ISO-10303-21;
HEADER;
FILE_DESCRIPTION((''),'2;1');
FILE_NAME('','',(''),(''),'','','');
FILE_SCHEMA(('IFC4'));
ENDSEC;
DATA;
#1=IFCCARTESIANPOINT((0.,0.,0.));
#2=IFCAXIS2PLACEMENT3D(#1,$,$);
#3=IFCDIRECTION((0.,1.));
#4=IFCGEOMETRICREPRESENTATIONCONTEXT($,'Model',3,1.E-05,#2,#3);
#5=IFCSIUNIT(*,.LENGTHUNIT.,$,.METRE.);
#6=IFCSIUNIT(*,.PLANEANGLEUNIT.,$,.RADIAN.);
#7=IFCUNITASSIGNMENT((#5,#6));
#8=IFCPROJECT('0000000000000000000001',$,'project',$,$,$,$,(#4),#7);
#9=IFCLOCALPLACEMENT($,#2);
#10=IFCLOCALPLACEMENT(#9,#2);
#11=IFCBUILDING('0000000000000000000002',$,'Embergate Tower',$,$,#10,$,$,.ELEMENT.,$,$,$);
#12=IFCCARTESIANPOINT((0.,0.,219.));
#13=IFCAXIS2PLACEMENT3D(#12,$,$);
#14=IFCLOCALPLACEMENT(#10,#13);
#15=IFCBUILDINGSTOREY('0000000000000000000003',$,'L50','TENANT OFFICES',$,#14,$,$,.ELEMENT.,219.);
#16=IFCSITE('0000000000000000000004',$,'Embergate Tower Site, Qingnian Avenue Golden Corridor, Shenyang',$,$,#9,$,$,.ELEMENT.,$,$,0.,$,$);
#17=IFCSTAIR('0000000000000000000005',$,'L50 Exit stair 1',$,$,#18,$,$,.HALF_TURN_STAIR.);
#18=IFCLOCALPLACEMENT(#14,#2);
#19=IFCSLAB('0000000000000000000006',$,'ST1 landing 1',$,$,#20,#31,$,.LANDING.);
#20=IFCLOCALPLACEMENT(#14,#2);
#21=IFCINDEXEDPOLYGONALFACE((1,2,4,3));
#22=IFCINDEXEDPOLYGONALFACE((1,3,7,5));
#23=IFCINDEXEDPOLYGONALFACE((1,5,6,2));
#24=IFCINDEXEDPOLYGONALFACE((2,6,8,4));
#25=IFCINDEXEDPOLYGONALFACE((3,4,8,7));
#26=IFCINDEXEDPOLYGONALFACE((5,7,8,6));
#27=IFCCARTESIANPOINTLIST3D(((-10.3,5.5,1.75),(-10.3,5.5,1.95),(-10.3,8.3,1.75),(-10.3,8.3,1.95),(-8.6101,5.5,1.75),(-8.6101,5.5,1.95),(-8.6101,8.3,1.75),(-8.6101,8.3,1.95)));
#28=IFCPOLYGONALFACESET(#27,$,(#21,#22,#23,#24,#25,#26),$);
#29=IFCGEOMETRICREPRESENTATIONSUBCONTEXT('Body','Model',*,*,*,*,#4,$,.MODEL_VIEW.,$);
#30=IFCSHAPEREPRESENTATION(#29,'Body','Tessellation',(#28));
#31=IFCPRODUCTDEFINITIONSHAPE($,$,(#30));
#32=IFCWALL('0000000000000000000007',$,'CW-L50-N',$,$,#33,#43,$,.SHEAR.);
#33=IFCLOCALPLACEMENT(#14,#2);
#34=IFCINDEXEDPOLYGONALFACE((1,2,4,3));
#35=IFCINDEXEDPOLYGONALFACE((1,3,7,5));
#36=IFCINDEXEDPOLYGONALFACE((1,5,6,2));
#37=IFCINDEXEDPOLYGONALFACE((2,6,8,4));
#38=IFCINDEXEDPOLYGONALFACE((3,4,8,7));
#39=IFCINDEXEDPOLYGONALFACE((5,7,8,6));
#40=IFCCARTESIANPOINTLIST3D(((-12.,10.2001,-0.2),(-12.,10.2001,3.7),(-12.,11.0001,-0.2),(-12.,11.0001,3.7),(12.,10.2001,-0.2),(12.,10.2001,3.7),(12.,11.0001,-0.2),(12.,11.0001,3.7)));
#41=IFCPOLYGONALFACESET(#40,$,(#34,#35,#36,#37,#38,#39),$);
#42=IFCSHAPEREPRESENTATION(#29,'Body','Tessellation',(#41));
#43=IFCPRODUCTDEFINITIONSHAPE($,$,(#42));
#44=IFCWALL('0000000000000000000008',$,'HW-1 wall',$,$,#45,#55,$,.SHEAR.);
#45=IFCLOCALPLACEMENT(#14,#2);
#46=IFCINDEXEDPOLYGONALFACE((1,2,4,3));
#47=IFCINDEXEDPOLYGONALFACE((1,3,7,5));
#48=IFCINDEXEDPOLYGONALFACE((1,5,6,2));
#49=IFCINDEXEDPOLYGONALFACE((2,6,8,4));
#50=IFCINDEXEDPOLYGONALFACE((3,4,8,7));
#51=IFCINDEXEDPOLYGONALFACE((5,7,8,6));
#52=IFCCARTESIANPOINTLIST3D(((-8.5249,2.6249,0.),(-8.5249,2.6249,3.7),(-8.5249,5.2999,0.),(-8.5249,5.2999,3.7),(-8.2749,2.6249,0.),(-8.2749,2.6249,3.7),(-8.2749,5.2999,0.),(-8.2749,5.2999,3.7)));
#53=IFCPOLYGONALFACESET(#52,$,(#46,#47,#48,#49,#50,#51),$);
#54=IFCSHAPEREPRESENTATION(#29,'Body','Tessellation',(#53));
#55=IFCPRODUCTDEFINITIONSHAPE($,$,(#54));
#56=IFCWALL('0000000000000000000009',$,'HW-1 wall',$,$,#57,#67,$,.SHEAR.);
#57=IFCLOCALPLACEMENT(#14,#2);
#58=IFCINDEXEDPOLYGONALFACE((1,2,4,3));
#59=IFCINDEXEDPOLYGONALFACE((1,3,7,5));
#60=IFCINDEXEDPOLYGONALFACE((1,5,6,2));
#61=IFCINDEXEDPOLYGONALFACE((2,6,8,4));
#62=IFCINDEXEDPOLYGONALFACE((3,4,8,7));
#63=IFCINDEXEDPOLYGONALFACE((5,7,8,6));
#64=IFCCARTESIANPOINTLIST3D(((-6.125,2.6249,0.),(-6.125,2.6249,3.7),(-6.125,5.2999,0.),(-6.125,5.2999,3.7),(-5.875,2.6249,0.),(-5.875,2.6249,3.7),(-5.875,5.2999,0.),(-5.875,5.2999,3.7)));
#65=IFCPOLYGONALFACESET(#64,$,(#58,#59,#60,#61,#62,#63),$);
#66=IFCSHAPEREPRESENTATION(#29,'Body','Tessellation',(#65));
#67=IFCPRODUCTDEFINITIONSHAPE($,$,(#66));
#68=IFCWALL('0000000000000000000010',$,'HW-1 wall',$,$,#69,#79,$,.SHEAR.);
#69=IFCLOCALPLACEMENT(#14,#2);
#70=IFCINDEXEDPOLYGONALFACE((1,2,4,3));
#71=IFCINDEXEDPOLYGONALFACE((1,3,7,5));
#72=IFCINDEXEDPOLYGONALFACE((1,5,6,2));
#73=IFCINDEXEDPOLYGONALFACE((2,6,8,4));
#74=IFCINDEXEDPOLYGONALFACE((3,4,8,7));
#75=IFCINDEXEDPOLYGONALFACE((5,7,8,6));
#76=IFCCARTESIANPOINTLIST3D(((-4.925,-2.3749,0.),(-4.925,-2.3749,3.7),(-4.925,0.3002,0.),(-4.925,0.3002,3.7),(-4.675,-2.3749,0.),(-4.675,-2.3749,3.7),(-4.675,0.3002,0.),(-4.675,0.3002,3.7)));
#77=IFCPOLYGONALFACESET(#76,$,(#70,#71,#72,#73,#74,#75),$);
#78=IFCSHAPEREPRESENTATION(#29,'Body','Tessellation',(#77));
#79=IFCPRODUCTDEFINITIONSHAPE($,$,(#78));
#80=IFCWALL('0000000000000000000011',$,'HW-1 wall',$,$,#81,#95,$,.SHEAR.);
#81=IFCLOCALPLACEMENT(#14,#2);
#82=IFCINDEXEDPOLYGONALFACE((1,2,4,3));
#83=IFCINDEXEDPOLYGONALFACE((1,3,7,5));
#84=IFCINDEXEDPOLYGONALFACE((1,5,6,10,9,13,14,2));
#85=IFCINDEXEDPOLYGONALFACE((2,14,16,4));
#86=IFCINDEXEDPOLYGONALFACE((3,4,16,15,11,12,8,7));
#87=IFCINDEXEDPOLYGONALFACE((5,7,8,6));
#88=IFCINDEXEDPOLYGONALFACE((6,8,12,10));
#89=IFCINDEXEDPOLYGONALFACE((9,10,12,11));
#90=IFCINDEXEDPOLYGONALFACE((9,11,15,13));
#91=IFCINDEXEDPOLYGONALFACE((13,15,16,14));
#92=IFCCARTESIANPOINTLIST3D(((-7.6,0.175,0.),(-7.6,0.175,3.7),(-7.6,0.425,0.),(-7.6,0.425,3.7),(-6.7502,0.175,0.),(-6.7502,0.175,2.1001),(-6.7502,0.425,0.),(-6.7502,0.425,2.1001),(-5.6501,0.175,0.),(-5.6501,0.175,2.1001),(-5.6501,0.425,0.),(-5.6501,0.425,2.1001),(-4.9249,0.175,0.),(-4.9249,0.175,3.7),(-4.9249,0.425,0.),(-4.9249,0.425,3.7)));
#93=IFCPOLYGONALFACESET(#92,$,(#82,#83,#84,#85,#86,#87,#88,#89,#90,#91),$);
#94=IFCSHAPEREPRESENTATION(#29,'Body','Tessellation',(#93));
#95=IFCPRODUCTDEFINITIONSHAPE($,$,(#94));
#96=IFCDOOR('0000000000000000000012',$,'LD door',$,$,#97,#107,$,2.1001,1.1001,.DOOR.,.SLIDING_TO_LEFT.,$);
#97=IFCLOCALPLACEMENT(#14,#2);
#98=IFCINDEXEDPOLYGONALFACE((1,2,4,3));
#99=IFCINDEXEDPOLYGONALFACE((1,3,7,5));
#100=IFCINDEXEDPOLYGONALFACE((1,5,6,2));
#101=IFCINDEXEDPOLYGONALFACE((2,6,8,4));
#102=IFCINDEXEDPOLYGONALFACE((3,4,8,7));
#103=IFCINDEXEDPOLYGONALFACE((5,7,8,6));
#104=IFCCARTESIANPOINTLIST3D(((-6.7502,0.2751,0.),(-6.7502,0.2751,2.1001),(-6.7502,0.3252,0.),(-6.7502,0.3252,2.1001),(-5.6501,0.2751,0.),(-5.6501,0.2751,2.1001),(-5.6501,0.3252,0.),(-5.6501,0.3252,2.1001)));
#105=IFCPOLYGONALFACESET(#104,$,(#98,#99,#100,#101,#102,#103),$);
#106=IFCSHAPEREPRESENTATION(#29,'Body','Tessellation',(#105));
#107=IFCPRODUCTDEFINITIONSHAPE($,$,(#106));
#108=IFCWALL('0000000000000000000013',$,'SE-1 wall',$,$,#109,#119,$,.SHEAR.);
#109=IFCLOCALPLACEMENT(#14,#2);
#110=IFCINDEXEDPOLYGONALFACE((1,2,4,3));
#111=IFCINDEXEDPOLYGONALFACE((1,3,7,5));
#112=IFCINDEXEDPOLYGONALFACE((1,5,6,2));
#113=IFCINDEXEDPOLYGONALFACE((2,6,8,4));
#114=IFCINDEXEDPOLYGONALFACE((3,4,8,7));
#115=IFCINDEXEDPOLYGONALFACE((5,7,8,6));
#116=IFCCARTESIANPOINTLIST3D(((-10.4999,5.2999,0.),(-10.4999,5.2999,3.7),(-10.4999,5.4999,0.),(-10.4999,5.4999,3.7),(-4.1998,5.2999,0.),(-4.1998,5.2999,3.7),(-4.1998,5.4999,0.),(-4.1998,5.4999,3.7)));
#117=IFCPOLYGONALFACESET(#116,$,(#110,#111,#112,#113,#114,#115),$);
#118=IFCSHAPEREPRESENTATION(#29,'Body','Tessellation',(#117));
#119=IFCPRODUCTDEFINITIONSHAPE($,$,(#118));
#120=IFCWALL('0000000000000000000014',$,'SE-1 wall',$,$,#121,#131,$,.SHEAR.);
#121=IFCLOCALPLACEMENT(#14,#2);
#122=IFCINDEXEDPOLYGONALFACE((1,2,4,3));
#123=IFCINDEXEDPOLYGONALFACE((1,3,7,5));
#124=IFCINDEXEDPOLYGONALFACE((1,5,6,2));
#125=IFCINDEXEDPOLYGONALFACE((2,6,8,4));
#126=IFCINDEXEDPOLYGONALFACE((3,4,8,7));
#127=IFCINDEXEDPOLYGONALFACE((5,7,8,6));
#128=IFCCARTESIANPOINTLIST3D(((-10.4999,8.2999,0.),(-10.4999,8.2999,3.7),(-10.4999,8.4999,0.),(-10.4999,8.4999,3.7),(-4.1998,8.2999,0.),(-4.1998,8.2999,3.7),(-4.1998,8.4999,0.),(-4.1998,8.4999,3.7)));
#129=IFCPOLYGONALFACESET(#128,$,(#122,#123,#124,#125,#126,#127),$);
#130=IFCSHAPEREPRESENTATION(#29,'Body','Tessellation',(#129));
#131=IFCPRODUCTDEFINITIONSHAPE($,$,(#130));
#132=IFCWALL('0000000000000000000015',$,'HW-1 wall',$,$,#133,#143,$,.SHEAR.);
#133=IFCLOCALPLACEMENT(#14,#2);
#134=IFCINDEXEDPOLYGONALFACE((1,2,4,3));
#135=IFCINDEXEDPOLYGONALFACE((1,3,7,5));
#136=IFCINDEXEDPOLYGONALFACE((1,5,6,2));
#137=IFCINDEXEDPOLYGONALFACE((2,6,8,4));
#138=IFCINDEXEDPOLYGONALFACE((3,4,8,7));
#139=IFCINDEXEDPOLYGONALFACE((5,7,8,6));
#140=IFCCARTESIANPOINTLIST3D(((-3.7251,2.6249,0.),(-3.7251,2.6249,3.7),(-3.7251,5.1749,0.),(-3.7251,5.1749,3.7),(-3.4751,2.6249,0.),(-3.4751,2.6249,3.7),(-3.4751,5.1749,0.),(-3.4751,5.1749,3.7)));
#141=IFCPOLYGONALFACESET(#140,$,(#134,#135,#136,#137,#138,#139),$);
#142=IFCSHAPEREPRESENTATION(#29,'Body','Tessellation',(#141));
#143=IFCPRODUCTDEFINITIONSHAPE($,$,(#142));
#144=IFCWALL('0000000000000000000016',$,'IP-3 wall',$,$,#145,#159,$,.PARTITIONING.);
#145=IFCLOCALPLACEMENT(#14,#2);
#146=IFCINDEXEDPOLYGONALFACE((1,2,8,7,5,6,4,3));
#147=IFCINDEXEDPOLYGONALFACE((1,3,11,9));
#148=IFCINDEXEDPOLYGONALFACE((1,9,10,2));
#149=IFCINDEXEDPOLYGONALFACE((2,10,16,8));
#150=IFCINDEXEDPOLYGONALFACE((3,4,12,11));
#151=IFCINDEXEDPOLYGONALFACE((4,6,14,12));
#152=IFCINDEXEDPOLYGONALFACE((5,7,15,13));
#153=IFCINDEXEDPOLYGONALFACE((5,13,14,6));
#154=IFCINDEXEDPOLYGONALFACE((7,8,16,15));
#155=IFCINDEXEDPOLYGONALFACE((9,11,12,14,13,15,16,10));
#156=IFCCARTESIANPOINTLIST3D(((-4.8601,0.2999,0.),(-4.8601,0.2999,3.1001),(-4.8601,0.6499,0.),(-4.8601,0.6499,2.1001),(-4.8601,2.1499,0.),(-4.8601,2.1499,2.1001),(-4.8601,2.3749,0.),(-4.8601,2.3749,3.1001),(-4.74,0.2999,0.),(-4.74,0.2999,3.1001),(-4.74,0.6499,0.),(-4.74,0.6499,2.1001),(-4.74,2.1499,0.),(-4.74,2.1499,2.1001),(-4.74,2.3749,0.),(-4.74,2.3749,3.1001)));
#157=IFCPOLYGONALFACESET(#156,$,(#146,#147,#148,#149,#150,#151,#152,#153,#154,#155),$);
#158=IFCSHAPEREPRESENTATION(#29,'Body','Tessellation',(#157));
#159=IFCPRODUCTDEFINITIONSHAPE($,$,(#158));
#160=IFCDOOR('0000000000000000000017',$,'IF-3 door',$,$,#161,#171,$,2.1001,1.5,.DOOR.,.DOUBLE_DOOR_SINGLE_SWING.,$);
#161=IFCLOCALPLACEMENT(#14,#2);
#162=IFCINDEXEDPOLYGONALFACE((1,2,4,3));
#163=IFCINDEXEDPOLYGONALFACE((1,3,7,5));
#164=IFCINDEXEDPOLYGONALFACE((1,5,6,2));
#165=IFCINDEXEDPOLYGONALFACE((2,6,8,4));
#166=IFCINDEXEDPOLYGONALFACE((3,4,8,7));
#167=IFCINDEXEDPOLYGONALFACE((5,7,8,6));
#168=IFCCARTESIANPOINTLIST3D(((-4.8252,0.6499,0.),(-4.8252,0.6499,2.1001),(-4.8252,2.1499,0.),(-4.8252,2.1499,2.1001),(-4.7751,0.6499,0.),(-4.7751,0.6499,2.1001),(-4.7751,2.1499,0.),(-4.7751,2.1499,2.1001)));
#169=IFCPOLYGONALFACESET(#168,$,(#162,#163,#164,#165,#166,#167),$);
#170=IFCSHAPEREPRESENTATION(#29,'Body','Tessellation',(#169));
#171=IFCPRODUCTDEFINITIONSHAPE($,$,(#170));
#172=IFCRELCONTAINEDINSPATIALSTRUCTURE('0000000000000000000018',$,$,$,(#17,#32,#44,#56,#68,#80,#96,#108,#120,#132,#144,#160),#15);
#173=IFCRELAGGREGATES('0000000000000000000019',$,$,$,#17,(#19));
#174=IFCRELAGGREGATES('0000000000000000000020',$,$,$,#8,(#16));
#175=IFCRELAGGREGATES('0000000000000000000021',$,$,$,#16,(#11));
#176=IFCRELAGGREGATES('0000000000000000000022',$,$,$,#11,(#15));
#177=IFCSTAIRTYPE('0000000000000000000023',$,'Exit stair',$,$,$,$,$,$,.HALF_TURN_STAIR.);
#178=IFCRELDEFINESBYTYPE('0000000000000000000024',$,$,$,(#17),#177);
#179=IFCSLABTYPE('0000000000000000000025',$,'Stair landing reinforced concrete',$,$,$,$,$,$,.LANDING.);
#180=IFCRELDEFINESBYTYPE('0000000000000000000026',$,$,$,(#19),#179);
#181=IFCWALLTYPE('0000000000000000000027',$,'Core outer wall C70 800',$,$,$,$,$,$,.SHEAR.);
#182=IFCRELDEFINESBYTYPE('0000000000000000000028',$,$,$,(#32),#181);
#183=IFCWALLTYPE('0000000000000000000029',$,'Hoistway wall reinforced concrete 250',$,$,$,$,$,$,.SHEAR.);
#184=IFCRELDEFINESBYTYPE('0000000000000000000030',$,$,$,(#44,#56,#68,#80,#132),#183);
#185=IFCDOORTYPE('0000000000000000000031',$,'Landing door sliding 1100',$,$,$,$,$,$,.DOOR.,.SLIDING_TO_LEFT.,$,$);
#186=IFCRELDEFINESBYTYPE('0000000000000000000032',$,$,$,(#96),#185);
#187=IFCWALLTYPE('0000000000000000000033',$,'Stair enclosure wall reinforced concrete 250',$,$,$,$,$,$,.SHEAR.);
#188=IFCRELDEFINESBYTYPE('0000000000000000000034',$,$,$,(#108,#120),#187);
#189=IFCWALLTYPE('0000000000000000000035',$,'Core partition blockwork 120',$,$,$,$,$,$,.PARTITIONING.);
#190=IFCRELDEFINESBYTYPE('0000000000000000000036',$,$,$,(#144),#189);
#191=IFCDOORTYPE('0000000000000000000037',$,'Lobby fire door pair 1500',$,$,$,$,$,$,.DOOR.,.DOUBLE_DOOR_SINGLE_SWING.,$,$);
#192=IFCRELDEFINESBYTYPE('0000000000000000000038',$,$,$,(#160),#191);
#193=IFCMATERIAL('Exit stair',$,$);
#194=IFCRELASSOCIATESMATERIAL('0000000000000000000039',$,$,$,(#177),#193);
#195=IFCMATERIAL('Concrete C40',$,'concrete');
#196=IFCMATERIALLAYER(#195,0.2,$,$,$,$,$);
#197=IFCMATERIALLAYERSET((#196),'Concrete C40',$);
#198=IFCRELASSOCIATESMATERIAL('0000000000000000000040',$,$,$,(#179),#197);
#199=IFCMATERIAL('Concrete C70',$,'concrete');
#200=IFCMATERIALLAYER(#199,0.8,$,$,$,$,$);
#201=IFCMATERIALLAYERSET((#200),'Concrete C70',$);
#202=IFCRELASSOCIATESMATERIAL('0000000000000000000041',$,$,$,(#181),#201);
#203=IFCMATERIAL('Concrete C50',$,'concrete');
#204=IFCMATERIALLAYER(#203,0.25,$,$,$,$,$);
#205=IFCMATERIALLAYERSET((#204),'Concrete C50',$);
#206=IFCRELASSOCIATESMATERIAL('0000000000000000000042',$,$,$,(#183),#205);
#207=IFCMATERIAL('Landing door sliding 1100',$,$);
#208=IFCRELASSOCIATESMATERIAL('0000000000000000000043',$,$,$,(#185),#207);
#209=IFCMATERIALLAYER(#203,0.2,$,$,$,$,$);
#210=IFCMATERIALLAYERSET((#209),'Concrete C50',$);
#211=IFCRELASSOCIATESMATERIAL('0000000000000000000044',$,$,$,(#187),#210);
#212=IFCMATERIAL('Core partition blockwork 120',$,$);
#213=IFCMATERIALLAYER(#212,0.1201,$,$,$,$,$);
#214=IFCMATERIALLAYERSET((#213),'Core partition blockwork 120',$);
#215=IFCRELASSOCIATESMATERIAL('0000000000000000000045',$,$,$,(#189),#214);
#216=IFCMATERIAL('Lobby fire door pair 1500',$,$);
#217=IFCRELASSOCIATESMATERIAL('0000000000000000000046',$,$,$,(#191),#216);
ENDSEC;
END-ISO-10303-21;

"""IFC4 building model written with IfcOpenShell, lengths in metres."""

from ifc_helpers import new_model, si_unit, direction, frame, frame_2d, origin, place, context, subcontext, project, spatial, polyline, rectangle, outline, extrude, source, transform, mapped, material, layer, layer_set, type_object, element, fill, aggregate, save


model = new_model("IFC4")

# Units and contexts
model_context = context("Model", 3, precision=1e-05, world=origin(), true_north=direction((0.0, 1.0)))
body_context = subcontext(model_context, "Body", "Model", "MODEL_VIEW")
ifc_project = project(units=[si_unit("LENGTHUNIT", "METRE"), si_unit("PLANEANGLEUNIT", "RADIAN")], contexts=[model_context])

# Site, building, storey
site_placement = place(None, origin())
site = spatial("IfcSite", under=ifc_project, at=site_placement, Name="Embergate Tower Site, Qingnian Avenue Golden Corridor, Shenyang", CompositionType="ELEMENT", RefElevation=0.0)
building_placement = place(site_placement, origin())
building = spatial("IfcBuilding", under=site, at=building_placement, Name="Embergate Tower", CompositionType="ELEMENT")
storey_placement = place(building_placement, frame((0.0, 0.0, 219.0)))
storey = spatial("IfcBuildingStorey", under=building, at=storey_placement, Name="L50", Description="TENANT OFFICES", CompositionType="ELEMENT", Elevation=219.0)

# Stair, slab
ifc_material_1 = material(Name="Exit stair")
stair_type = type_object("IfcStairType", Name="Exit stair", PredefinedType="HALF_TURN_STAIR", material=ifc_material_1)
stair_placement = place(storey_placement, origin())
stair = element("IfcStair", 1, at=stair_placement, inside=storey, type_object=stair_type, Name="L50 Exit stair 1", PredefinedType="HALF_TURN_STAIR")
ifc_material_2 = material(Name="Concrete C40", Category="concrete")
ifc_layer_1 = layer(ifc_material_2, 0.2)
ifc_layer_set_1 = layer_set([ifc_layer_1], Name="Concrete C40")
slab_type = type_object("IfcSlabType", Name="Stair landing reinforced concrete", PredefinedType="LANDING", material=ifc_layer_set_1)
shared_shape_1 = source(origin(), body_context, "Body", "SweptSolid", [
    extrude(outline(polyline([(0.0, 0.0), (1.6899, 0.0), (1.6899, 2.8), (0.0, 2.8), (0.0, 0.0)])), origin(), (0.0, 0.0, 1.0), 0.2),
])
slab_placement = place(storey_placement, frame((-10.3, 5.5, 1.75)))
slab = element("IfcSlab", 2, at=slab_placement, type_object=slab_type, Name="ST1 landing 1", PredefinedType="LANDING", context=body_context, shape_type="MappedRepresentation", body=[
    mapped(shared_shape_1, transform((0.0, 0.0, 0.0))),
])

# Walls
ifc_material_3 = material(Name="Concrete C70", Category="concrete")
ifc_layer_2 = layer(ifc_material_3, 0.8)
ifc_layer_set_2 = layer_set([ifc_layer_2], Name="Concrete C70")
wall_type_1 = type_object("IfcWallType", Name="Core outer wall C70 800", PredefinedType="SHEAR", material=ifc_layer_set_2)
shared_shape_2 = source(origin(), body_context, "Body", "SweptSolid", [
    extrude(rectangle(XDim=24.0, YDim=0.8, at=frame_2d((12.0, 0.0))), origin(), (0.0, 0.0, 1.0), 3.8999),
])
wall_1_placement = place(storey_placement, frame((-12.0, 10.6001, -0.2), z_axis=(0.0, 0.0, 1.0), x_axis=(1.0, 0.0, 0.0)))
element("IfcWall", 3, at=wall_1_placement, inside=storey, type_object=wall_type_1, Name="CW-L50-N", PredefinedType="SHEAR", context=body_context, shape_type="MappedRepresentation", body=[
    mapped(shared_shape_2, transform((0.0, 0.0, 0.0))),
])
ifc_material_4 = material(Name="Concrete C50", Category="concrete")
ifc_layer_3 = layer(ifc_material_4, 0.25)
ifc_layer_set_3 = layer_set([ifc_layer_3], Name="Concrete C50")
wall_type_2 = type_object("IfcWallType", Name="Hoistway wall reinforced concrete 250", PredefinedType="SHEAR", material=ifc_layer_set_3)
shared_shape_3 = source(origin(), body_context, "Body", "SweptSolid", [
    extrude(rectangle(XDim=2.675, YDim=0.25, at=frame_2d((1.3374, 0.0))), origin(), (0.0, 0.0, 1.0), 3.7),
])
for number, where, z_axis, x_axis, name in (
    (4, (-8.3999, 2.625, 0.0), (0.0, 0.0, 1.0), (0.0, 1.0, 0.0), "HW-1 wall"),
    (5, (-6.0, 2.625, 0.0), (0.0, 0.0, 1.0), (0.0, 1.0, 0.0), "HW-1 wall"),
    (6, (-4.8, 0.3, 0.0), (0.0, 0.0, 1.0), (0.0, -1.0, 0.0), "HW-1 wall"),
):
    element("IfcWall", number, at=place(storey_placement, frame(where, z_axis=z_axis, x_axis=x_axis)), inside=storey, type_object=wall_type_2, Name=name, PredefinedType="SHEAR", context=body_context, shape_type="MappedRepresentation", body=[
        mapped(shared_shape_3, transform((0.0, 0.0, 0.0))),
    ])

# Wall, opening, door
wall_2_placement = place(storey_placement, frame((-4.925, 0.3, 0.0), z_axis=(0.0, 0.0, 1.0), x_axis=(-1.0, 0.0, 0.0)))
wall_2 = element("IfcWall", 7, at=wall_2_placement, inside=storey, type_object=wall_type_2, Name="HW-1 wall", PredefinedType="SHEAR", context=body_context, shape_type="MappedRepresentation", body=[
    mapped(shared_shape_3, transform((0.0, 0.0, 0.0))),
])
shared_shape_4 = source(origin(), body_context, "Body", "SweptSolid", [
    extrude(rectangle(XDim=1.1001, YDim=2.1001, at=frame_2d((0.55, 1.05))), frame((0.0, 0.135, 0.0), z_axis=(0.0, -1.0, 0.0), x_axis=(1.0, 0.0, 0.0)), (0.0, 0.0, 1.0), 0.27),
])
opening_1_placement = place(wall_2_placement, frame((0.7251, 0.0, 0.0)))
opening_1 = element("IfcOpeningElement", 8, at=opening_1_placement, cuts=wall_2, PredefinedType="OPENING", context=body_context, shape_type="MappedRepresentation", body=[
    mapped(shared_shape_4, transform((0.0, 0.0, 0.0))),
])
ifc_material_5 = material(Name="Landing door sliding 1100")
door_type_1 = type_object("IfcDoorType", Name="Landing door sliding 1100", OperationType="SLIDING_TO_LEFT", PredefinedType="DOOR", material=ifc_material_5)
shared_shape_5 = source(origin(), body_context, "Body", "SweptSolid", [
    extrude(rectangle(XDim=1.1001, YDim=2.1001, at=frame_2d((0.55, 1.05))), frame((0.0, 0.0249, 0.0), z_axis=(0.0, -1.0, 0.0), x_axis=(1.0, 0.0, 0.0)), (0.0, 0.0, 1.0), 0.05),
])
door_1_placement = place(opening_1_placement, origin())
door_1 = element("IfcDoor", 9, at=door_1_placement, inside=storey, type_object=door_type_1, Name="LD door", OperationType="SLIDING_TO_LEFT", OverallHeight=2.1001, OverallWidth=1.1001, PredefinedType="DOOR", context=body_context, shape_type="MappedRepresentation", body=[
    mapped(shared_shape_5, transform((0.0, 0.0, 0.0))),
])
fill(opening_1, door_1)

# Walls
ifc_layer_4 = layer(ifc_material_4, 0.2)
ifc_layer_set_4 = layer_set([ifc_layer_4], Name="Concrete C50")
wall_type_3 = type_object("IfcWallType", Name="Stair enclosure wall reinforced concrete 250", PredefinedType="SHEAR", material=ifc_layer_set_4)
shared_shape_6 = source(origin(), body_context, "Body", "SweptSolid", [
    extrude(rectangle(XDim=6.3, YDim=0.2, at=frame_2d((3.1499, 0.0))), origin(), (0.0, 0.0, 1.0), 3.7),
])
for number, where, z_axis, x_axis, name in (
    (10, (-4.2, 5.3999, 0.0), (0.0, 0.0, 1.0), (-1.0, 0.0, 0.0), "SE-1 wall"),
    (11, (-4.2, 8.3999, 0.0), (0.0, 0.0, 1.0), (-1.0, 0.0, 0.0), "SE-1 wall"),
):
    element("IfcWall", number, at=place(storey_placement, frame(where, z_axis=z_axis, x_axis=x_axis)), inside=storey, type_object=wall_type_3, Name=name, PredefinedType="SHEAR", context=body_context, shape_type="MappedRepresentation", body=[
        mapped(shared_shape_6, transform((0.0, 0.0, 0.0))),
    ])
shared_shape_7 = source(origin(), body_context, "Body", "SweptSolid", [
    extrude(rectangle(XDim=2.55, YDim=0.25, at=frame_2d((1.2749, 0.0))), origin(), (0.0, 0.0, 1.0), 3.7),
])
wall_3_placement = place(storey_placement, frame((-3.6001, 2.625, 0.0), z_axis=(0.0, 0.0, 1.0), x_axis=(0.0, 1.0, 0.0)))
element("IfcWall", 12, at=wall_3_placement, inside=storey, type_object=wall_type_2, Name="HW-1 wall", PredefinedType="SHEAR", context=body_context, shape_type="MappedRepresentation", body=[
    mapped(shared_shape_7, transform((0.0, 0.0, 0.0))),
])

# Wall, opening, door
ifc_material_6 = material(Name="Core partition blockwork 120")
ifc_layer_5 = layer(ifc_material_6, 0.1201)
ifc_layer_set_5 = layer_set([ifc_layer_5], Name="Core partition blockwork 120")
wall_type_4 = type_object("IfcWallType", Name="Core partition blockwork 120", PredefinedType="PARTITIONING", material=ifc_layer_set_5)
shared_shape_8 = source(origin(), body_context, "Body", "SweptSolid", [
    extrude(rectangle(XDim=2.075, YDim=0.1201, at=frame_2d((1.0376, 0.0))), origin(), (0.0, 0.0, 1.0), 3.1001),
])
wall_4_placement = place(storey_placement, frame((-4.8, 2.375, 0.0), z_axis=(0.0, 0.0, 1.0), x_axis=(0.0, -1.0, 0.0)))
wall_4 = element("IfcWall", 13, at=wall_4_placement, inside=storey, type_object=wall_type_4, Name="IP-3 wall", PredefinedType="PARTITIONING", context=body_context, shape_type="MappedRepresentation", body=[
    mapped(shared_shape_8, transform((0.0, 0.0, 0.0))),
])
shared_shape_9 = source(origin(), body_context, "Body", "SweptSolid", [
    extrude(rectangle(XDim=1.5, YDim=2.1001, at=frame_2d((0.75, 1.05))), frame((0.0, 0.0701, 0.0), z_axis=(0.0, -1.0, 0.0), x_axis=(1.0, 0.0, 0.0)), (0.0, 0.0, 1.0), 0.1401),
])
opening_2_placement = place(wall_4_placement, frame((0.2251, 0.0, 0.0)))
opening_2 = element("IfcOpeningElement", 14, at=opening_2_placement, cuts=wall_4, PredefinedType="OPENING", context=body_context, shape_type="MappedRepresentation", body=[
    mapped(shared_shape_9, transform((0.0, 0.0, 0.0))),
])
ifc_material_7 = material(Name="Lobby fire door pair 1500")
door_type_2 = type_object("IfcDoorType", Name="Lobby fire door pair 1500", OperationType="DOUBLE_DOOR_SINGLE_SWING", PredefinedType="DOOR", material=ifc_material_7)
shared_shape_10 = source(origin(), body_context, "Body", "SweptSolid", [
    extrude(rectangle(XDim=1.5, YDim=2.1001, at=frame_2d((0.75, 1.05))), frame((0.0, 0.0249, 0.0), z_axis=(0.0, -1.0, 0.0), x_axis=(1.0, 0.0, 0.0)), (0.0, 0.0, 1.0), 0.05),
])
door_2_placement = place(opening_2_placement, origin())
door_2 = element("IfcDoor", 15, at=door_2_placement, inside=storey, type_object=door_type_2, Name="IF-3 door", OperationType="DOUBLE_DOOR_SINGLE_SWING", OverallHeight=2.1001, OverallWidth=1.5, PredefinedType="DOOR", context=body_context, shape_type="MappedRepresentation", body=[
    mapped(shared_shape_10, transform((0.0, 0.0, 0.0))),
])
fill(opening_2, door_2)

aggregate(stair, [slab])

save(model, "model.ifc")
